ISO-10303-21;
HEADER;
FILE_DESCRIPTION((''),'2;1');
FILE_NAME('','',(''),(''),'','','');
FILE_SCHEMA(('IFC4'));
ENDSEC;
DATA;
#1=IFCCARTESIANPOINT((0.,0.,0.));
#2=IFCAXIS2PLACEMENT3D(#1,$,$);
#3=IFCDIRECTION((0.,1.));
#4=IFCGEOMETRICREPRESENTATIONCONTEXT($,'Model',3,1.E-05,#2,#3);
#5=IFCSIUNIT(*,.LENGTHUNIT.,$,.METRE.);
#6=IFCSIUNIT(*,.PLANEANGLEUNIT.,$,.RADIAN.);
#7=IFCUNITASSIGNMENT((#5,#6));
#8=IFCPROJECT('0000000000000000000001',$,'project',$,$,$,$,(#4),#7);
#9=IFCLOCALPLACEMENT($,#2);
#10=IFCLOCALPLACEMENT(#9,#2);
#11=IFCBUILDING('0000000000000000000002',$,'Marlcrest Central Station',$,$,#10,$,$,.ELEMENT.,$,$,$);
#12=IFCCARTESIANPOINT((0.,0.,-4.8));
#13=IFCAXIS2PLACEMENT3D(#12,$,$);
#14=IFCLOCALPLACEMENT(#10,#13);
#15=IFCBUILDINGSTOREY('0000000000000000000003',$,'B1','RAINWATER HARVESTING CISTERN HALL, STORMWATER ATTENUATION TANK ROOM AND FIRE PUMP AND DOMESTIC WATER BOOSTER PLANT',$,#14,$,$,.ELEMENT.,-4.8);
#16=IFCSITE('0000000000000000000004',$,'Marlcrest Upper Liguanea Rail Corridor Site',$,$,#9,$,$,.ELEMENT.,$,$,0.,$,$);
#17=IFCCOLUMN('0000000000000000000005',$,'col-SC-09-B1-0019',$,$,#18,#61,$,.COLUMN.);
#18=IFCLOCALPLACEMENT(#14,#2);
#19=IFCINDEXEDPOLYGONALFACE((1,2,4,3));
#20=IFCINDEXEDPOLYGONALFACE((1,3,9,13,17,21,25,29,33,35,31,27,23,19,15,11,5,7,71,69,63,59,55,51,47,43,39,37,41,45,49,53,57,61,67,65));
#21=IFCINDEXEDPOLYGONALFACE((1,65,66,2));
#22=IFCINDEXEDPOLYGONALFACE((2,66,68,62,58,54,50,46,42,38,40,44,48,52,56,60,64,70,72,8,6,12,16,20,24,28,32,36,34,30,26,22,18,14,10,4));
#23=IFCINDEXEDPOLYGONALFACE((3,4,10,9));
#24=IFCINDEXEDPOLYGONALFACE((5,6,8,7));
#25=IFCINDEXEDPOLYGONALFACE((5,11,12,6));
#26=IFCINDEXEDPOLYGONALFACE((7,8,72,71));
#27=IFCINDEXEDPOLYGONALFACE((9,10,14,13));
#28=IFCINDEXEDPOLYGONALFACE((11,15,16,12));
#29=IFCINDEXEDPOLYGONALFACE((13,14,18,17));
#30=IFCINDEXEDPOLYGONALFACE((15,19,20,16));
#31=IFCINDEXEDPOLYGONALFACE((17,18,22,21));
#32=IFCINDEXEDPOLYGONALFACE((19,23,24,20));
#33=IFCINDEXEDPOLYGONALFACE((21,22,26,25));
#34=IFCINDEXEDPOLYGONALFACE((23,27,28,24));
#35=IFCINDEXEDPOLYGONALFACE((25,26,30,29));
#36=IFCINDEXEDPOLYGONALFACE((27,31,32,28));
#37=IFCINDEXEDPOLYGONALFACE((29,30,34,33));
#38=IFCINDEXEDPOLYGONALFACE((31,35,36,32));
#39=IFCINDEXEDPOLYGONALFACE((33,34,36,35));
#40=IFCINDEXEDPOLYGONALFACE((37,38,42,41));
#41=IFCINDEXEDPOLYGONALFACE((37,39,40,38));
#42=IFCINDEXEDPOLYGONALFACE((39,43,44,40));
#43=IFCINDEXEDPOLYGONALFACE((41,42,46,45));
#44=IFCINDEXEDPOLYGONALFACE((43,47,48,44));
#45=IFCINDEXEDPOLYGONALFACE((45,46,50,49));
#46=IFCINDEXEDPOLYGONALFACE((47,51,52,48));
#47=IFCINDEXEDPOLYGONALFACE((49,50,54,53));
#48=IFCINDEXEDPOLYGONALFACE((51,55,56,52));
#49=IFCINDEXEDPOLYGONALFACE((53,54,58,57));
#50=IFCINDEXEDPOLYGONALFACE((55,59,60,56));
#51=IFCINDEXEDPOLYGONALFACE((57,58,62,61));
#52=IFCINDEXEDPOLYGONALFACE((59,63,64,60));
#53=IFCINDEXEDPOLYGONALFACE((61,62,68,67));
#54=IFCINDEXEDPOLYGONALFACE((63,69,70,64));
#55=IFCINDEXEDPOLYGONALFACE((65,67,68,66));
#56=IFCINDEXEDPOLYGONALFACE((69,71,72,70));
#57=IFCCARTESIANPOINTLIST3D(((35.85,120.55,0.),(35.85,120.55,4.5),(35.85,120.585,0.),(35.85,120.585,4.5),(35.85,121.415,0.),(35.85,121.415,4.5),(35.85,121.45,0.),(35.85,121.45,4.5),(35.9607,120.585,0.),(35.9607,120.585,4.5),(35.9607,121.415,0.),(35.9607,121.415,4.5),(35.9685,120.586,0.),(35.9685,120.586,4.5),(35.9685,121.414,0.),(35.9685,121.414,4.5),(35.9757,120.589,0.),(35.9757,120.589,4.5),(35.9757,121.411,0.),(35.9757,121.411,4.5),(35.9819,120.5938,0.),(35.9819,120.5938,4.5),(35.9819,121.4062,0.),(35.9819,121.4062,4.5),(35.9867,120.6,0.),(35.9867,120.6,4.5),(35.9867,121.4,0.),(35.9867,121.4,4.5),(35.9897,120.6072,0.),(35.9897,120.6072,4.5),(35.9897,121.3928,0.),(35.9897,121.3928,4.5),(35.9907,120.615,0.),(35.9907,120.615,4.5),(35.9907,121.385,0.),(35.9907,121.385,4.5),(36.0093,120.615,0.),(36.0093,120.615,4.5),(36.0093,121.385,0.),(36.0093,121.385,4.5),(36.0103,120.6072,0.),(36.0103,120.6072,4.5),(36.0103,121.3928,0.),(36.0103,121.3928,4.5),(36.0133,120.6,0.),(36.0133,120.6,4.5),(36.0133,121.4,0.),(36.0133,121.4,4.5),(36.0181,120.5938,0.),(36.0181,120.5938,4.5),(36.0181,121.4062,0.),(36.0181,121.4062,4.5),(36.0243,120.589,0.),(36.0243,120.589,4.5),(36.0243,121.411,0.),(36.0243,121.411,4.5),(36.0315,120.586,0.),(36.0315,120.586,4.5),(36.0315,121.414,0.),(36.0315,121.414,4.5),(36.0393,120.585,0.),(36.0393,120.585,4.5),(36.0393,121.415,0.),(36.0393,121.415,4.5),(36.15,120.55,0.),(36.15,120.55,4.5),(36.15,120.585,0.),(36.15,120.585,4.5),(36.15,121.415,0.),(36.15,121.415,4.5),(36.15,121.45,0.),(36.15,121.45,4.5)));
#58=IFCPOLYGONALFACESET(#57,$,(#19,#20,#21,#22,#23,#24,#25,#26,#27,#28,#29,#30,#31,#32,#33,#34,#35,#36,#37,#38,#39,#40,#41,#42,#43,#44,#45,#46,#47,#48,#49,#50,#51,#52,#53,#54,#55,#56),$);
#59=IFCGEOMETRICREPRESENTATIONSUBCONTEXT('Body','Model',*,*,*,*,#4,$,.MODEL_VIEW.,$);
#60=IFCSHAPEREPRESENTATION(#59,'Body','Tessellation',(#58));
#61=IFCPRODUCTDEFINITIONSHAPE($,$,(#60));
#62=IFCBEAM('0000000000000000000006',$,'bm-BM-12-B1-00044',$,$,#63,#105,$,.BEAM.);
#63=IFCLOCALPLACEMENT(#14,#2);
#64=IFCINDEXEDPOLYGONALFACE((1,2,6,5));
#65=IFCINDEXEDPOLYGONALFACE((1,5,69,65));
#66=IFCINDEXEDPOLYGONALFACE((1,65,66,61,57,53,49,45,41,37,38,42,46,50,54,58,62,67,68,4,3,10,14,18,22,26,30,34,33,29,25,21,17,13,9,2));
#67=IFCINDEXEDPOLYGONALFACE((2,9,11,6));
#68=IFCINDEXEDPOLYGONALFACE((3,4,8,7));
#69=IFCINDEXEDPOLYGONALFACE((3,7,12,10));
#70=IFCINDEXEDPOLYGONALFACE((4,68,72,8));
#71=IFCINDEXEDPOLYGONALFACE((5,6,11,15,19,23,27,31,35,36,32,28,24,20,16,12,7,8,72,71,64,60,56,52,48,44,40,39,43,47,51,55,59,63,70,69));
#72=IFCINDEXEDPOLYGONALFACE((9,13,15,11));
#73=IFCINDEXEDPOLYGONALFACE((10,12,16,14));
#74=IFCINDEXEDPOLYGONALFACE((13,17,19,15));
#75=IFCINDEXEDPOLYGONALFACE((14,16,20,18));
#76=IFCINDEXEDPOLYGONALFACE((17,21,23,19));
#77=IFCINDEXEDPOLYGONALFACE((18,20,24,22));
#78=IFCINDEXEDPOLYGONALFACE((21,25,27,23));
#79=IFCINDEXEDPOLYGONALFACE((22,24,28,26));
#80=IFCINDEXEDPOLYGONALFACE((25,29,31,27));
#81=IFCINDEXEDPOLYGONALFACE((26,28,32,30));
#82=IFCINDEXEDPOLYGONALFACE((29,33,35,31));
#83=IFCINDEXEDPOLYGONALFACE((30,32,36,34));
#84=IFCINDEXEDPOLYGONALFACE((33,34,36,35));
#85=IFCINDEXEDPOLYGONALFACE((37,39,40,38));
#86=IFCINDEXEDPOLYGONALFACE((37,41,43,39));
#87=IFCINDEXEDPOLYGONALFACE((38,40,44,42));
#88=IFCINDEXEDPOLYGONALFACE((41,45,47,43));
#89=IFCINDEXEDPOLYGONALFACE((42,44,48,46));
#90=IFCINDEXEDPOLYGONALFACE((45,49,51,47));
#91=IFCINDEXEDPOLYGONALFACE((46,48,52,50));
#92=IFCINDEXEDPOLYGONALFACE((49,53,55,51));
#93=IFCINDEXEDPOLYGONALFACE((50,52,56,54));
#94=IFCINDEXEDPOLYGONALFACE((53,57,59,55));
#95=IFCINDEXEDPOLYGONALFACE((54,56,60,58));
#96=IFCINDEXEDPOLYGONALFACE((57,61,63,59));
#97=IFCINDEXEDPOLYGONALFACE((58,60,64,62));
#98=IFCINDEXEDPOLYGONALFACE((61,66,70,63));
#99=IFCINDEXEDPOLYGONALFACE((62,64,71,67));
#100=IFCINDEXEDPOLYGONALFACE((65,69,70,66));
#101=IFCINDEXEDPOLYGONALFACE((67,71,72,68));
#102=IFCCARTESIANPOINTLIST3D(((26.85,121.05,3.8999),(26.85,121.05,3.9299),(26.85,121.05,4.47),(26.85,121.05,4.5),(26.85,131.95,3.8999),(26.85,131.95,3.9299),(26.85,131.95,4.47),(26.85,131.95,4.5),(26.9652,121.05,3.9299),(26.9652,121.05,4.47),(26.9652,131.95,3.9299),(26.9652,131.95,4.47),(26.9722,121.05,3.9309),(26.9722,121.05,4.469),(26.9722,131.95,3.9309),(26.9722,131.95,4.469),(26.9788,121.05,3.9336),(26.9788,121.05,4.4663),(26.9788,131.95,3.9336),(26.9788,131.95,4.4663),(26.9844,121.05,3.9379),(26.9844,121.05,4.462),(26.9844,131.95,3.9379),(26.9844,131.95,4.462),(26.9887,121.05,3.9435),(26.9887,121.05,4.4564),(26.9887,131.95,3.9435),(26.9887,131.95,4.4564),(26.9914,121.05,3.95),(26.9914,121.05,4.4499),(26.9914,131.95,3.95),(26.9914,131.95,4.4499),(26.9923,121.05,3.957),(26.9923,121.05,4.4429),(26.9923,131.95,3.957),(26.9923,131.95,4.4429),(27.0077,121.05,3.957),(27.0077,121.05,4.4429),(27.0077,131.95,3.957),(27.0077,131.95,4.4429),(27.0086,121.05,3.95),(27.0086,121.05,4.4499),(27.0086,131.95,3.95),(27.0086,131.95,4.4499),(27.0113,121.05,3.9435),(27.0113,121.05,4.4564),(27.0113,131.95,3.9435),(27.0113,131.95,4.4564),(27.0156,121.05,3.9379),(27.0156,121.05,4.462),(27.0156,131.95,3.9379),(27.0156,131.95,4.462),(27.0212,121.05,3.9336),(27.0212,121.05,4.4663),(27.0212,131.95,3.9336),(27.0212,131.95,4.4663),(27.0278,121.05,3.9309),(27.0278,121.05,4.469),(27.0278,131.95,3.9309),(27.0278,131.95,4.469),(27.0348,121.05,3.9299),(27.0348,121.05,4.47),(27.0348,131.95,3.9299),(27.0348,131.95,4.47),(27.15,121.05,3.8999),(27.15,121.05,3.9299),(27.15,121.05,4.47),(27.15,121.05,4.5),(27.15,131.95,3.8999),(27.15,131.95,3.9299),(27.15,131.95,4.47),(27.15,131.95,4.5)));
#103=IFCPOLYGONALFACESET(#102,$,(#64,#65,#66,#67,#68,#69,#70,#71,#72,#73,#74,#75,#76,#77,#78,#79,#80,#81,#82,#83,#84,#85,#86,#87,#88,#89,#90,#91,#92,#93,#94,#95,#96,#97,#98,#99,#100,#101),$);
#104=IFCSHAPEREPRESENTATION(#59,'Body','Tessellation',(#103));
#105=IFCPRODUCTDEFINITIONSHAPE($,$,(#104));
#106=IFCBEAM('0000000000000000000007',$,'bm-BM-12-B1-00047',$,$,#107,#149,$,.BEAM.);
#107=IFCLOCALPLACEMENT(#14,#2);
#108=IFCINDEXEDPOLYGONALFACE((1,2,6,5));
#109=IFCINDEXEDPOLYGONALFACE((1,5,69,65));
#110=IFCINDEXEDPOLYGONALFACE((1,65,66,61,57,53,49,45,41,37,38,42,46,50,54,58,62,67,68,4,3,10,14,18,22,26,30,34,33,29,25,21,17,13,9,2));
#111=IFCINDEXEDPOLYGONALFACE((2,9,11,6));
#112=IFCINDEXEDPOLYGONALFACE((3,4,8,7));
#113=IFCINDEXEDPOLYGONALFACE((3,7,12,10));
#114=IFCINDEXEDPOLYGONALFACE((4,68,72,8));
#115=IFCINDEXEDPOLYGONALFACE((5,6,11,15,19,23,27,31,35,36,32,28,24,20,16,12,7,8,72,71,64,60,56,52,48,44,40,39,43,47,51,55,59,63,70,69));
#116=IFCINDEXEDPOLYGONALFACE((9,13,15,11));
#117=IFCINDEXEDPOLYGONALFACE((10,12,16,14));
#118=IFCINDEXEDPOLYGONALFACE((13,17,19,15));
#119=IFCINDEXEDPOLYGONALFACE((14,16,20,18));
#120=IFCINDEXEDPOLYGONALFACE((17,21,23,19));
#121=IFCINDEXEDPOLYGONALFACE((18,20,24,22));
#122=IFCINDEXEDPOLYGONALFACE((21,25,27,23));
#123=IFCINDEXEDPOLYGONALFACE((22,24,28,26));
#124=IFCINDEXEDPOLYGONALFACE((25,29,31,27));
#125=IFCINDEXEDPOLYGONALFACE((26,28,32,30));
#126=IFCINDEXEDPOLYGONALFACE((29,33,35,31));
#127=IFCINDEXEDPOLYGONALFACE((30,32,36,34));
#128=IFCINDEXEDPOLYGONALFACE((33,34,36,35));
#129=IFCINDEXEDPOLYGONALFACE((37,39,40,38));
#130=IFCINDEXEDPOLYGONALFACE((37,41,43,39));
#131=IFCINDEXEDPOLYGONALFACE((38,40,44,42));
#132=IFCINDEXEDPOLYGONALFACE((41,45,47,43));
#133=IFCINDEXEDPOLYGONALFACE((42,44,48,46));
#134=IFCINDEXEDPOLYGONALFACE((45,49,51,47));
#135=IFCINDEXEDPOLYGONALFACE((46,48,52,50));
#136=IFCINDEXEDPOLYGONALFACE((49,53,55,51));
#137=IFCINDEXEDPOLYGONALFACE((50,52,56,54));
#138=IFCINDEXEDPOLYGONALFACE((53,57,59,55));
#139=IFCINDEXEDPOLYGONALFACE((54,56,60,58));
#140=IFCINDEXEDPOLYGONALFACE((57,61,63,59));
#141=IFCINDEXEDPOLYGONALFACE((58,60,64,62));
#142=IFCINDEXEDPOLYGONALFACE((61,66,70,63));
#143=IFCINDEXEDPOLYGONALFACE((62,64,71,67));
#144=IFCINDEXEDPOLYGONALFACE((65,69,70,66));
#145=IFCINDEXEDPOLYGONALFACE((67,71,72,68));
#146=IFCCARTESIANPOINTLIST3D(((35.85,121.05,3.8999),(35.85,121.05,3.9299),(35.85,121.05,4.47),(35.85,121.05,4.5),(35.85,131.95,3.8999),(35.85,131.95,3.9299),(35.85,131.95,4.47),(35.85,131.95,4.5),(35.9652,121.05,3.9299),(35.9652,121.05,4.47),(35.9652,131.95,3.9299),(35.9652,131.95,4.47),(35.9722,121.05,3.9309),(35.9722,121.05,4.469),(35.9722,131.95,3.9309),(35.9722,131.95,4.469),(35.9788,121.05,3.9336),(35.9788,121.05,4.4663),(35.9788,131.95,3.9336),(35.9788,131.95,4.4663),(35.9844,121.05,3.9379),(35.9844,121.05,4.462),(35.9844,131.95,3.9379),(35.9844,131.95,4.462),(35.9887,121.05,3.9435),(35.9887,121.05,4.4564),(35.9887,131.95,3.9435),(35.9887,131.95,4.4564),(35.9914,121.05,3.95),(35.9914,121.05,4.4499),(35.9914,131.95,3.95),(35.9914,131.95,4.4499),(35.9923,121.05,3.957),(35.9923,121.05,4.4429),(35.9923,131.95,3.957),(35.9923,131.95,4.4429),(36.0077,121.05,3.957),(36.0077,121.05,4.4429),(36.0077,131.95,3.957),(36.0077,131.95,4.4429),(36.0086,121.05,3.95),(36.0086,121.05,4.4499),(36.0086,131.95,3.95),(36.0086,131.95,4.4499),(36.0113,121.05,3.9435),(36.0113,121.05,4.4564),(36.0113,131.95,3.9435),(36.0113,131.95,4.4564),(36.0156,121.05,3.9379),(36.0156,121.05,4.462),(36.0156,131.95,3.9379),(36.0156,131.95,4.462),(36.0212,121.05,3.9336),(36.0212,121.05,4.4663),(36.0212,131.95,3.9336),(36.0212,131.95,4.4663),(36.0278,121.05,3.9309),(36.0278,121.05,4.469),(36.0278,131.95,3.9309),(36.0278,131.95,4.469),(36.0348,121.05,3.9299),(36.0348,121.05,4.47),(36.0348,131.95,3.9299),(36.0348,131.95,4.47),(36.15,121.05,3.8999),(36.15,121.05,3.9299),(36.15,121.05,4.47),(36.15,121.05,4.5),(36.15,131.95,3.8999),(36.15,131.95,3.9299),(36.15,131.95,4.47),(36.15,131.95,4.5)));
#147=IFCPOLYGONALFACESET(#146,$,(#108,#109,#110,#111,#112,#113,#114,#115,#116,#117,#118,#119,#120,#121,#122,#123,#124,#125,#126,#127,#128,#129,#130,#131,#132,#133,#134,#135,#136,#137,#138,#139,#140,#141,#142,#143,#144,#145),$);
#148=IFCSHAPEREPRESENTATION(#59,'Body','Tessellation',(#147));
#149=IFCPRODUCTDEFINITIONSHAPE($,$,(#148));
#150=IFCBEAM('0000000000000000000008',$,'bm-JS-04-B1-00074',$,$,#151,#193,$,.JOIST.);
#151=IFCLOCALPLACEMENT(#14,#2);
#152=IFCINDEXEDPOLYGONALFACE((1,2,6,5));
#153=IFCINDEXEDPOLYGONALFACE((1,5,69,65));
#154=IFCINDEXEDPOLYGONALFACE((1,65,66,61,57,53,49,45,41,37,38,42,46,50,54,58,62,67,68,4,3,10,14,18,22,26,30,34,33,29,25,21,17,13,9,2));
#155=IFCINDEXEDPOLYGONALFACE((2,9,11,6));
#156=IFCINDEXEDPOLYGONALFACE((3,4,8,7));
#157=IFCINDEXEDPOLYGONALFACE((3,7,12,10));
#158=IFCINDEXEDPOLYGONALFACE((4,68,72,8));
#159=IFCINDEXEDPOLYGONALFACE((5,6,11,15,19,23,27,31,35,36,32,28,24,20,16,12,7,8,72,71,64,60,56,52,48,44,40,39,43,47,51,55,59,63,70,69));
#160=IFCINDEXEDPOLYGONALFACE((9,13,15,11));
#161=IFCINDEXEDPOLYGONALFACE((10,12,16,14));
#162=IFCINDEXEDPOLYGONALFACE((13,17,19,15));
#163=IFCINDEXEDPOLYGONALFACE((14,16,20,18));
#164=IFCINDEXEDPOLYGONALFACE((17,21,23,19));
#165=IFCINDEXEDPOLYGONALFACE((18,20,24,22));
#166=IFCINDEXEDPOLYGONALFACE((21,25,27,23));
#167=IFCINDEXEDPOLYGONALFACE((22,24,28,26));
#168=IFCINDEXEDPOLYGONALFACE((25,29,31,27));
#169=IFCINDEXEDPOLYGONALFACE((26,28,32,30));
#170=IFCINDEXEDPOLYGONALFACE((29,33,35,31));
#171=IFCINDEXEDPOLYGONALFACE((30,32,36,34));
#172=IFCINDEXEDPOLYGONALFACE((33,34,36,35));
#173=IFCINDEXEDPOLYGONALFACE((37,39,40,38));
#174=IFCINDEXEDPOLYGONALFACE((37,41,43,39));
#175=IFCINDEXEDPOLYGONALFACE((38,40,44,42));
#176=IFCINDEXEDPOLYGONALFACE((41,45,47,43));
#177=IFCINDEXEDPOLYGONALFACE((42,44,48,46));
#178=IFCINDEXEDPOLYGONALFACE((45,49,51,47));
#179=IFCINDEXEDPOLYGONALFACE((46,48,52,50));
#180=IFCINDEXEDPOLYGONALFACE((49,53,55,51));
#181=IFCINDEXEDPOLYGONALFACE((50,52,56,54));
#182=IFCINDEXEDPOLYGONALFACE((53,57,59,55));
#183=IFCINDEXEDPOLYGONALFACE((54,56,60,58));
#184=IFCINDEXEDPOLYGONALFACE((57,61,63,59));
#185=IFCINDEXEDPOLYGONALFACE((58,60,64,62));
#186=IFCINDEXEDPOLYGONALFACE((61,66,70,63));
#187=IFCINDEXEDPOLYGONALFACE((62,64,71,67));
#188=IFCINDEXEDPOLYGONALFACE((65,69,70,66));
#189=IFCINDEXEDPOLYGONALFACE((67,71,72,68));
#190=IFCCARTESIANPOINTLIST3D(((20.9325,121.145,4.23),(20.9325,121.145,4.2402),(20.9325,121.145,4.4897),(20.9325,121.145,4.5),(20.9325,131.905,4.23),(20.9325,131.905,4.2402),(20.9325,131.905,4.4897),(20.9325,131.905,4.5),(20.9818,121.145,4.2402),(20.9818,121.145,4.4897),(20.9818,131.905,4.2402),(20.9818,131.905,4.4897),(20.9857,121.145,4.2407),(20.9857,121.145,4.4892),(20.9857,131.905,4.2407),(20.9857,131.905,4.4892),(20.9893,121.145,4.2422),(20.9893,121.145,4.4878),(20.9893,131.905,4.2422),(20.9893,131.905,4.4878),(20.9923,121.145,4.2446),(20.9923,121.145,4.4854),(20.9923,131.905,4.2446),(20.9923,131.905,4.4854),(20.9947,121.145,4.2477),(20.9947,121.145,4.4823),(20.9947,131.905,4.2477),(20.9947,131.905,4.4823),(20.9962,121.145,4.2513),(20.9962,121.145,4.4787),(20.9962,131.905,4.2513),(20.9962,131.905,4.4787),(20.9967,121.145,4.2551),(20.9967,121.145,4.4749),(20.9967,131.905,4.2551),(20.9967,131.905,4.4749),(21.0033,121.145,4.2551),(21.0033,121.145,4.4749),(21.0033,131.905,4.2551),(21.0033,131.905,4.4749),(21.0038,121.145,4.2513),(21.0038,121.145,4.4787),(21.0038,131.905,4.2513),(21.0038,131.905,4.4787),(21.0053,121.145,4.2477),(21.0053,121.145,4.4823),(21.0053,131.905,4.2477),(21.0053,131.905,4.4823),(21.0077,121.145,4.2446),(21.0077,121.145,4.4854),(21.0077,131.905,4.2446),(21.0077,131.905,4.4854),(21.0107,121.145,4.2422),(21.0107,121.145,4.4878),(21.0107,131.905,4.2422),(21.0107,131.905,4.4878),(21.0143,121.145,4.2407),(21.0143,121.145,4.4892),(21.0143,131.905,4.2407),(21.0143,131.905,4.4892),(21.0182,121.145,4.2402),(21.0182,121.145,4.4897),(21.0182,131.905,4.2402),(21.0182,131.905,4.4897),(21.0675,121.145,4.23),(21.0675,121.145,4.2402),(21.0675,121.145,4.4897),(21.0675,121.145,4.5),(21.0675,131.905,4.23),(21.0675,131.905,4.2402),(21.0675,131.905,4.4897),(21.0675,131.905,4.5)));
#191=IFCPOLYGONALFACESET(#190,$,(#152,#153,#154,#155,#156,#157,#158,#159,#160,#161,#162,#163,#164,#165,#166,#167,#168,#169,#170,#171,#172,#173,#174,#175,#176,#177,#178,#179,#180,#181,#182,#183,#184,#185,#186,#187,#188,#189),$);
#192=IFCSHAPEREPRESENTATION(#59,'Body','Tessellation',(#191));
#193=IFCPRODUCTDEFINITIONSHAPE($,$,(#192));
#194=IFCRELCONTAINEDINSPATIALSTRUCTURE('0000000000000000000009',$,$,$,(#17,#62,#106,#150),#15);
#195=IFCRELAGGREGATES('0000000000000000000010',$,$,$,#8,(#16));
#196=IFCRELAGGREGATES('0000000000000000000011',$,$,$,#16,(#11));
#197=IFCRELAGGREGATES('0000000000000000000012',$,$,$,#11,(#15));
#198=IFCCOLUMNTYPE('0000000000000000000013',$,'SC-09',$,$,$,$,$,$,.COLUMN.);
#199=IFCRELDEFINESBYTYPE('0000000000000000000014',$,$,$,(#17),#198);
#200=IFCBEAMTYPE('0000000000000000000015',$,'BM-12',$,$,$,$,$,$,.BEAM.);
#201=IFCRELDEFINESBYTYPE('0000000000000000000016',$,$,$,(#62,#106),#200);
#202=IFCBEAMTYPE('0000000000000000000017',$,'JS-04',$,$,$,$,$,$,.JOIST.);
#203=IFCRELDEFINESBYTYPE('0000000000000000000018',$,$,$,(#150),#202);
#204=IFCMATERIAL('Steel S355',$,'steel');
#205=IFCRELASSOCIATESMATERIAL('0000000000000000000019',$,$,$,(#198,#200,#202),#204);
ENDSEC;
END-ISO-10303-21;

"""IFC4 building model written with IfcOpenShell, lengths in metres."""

from ifc_helpers import new_model, si_unit, direction, frame, origin, origin_2d, place, context, subcontext, project, spatial, i_section, extrude, material, material_profile, profile_set, type_object, element, save


model = new_model("IFC4")

# Units and contexts
model_context = context("Model", 3, precision=1e-05, world=origin(), true_north=direction((0.0, 1.0)))
body_context = subcontext(model_context, "Body", "Model", "MODEL_VIEW")
ifc_project = project(units=[si_unit("LENGTHUNIT", "METRE"), si_unit("PLANEANGLEUNIT", "RADIAN")], contexts=[model_context])

# Site, building, storey
site_placement = place(None, origin())
site = spatial("IfcSite", under=ifc_project, at=site_placement, Name="Marlcrest Upper Liguanea Rail Corridor Site", CompositionType="ELEMENT", RefElevation=0.0)
building_placement = place(site_placement, origin())
building = spatial("IfcBuilding", under=site, at=building_placement, Name="Marlcrest Central Station", CompositionType="ELEMENT")
storey_placement = place(building_placement, frame((0.0, 0.0, -4.8)))
storey = spatial("IfcBuildingStorey", under=building, at=storey_placement, Name="B1", Description="RAINWATER HARVESTING CISTERN HALL, STORMWATER ATTENUATION TANK ROOM AND FIRE PUMP AND DOMESTIC WATER BOOSTER PLANT", CompositionType="ELEMENT", Elevation=-4.8)

# Column
ifc_material_1 = material(Name="Steel S355", Category="steel")
ifc_material_profile_1 = material_profile(ifc_material_1, i_section(OverallWidth=0.3, OverallDepth=0.8999, WebThickness=0.0186, FlangeThickness=0.0349, FilletRadius=0.03, at=origin_2d()), Name="HEB 900")
ifc_profile_set_1 = profile_set([ifc_material_profile_1], Name="Steel S355")
column_type = type_object("IfcColumnType", Name="SC-09", PredefinedType="COLUMN", material=ifc_profile_set_1)
for number, where, z_axis, x_axis, name in (
    (1, (36.0, 121.0, 0.0), (0.0, 0.0, 1.0), (1.0, 0.0, 0.0), "col-SC-09-B1-0019"),
):
    element("IfcColumn", number, at=place(storey_placement, frame(where, z_axis=z_axis, x_axis=x_axis)), inside=storey, type_object=column_type, Name=name, PredefinedType="COLUMN", context=body_context, shape_type="SweptSolid", body=[
        extrude(i_section(OverallWidth=0.3, OverallDepth=0.8999, WebThickness=0.0186, FlangeThickness=0.0349, FilletRadius=0.03, at=origin_2d()), origin(), (0.0, 0.0, 1.0), 4.5),
    ])

# Beams
ifc_material_profile_2 = material_profile(ifc_material_1, i_section(OverallWidth=0.3, OverallDepth=0.6001, WebThickness=0.0154, FlangeThickness=0.03, FilletRadius=0.0271, at=origin_2d()), Name="HEB 600")
ifc_profile_set_2 = profile_set([ifc_material_profile_2], Name="Steel S355")
beam_type_1 = type_object("IfcBeamType", Name="BM-12", PredefinedType="BEAM", material=ifc_profile_set_2)
for number, where, z_axis, x_axis, name in (
    (2, (27.0, 121.05, 4.2), (0.0, 1.0, 0.0), (-1.0, 0.0, 0.0), "bm-BM-12-B1-00044"),
    (3, (36.0, 121.05, 4.2), (0.0, 1.0, 0.0), (-1.0, 0.0, 0.0), "bm-BM-12-B1-00047"),
):
    element("IfcBeam", number, at=place(storey_placement, frame(where, z_axis=z_axis, x_axis=x_axis)), inside=storey, type_object=beam_type_1, Name=name, PredefinedType="BEAM", context=body_context, shape_type="SweptSolid", body=[
        extrude(i_section(OverallWidth=0.3, OverallDepth=0.6001, WebThickness=0.0154, FlangeThickness=0.03, FilletRadius=0.0271, at=origin_2d()), origin(), (0.0, 0.0, 1.0), 10.8999),
    ])
ifc_material_profile_3 = material_profile(ifc_material_1, i_section(OverallWidth=0.135, OverallDepth=0.27, WebThickness=0.0066, FlangeThickness=0.0103, FilletRadius=0.0149, at=origin_2d()), Name="IPE 270")
ifc_profile_set_3 = profile_set([ifc_material_profile_3], Name="Steel S355")
beam_type_2 = type_object("IfcBeamType", Name="JS-04", PredefinedType="JOIST", material=ifc_profile_set_3)
for number, where, z_axis, x_axis, name in (
    (4, (21.0, 121.145, 4.365), (0.0, 1.0, 0.0), (-1.0, 0.0, 0.0), "bm-JS-04-B1-00074"),
):
    element("IfcBeam", number, at=place(storey_placement, frame(where, z_axis=z_axis, x_axis=x_axis)), inside=storey, type_object=beam_type_2, Name=name, PredefinedType="JOIST", context=body_context, shape_type="SweptSolid", body=[
        extrude(i_section(OverallWidth=0.135, OverallDepth=0.27, WebThickness=0.0066, FlangeThickness=0.0103, FilletRadius=0.0149, at=origin_2d()), origin(), (0.0, 0.0, 1.0), 10.76),
    ])

save(model, "model.ifc")
